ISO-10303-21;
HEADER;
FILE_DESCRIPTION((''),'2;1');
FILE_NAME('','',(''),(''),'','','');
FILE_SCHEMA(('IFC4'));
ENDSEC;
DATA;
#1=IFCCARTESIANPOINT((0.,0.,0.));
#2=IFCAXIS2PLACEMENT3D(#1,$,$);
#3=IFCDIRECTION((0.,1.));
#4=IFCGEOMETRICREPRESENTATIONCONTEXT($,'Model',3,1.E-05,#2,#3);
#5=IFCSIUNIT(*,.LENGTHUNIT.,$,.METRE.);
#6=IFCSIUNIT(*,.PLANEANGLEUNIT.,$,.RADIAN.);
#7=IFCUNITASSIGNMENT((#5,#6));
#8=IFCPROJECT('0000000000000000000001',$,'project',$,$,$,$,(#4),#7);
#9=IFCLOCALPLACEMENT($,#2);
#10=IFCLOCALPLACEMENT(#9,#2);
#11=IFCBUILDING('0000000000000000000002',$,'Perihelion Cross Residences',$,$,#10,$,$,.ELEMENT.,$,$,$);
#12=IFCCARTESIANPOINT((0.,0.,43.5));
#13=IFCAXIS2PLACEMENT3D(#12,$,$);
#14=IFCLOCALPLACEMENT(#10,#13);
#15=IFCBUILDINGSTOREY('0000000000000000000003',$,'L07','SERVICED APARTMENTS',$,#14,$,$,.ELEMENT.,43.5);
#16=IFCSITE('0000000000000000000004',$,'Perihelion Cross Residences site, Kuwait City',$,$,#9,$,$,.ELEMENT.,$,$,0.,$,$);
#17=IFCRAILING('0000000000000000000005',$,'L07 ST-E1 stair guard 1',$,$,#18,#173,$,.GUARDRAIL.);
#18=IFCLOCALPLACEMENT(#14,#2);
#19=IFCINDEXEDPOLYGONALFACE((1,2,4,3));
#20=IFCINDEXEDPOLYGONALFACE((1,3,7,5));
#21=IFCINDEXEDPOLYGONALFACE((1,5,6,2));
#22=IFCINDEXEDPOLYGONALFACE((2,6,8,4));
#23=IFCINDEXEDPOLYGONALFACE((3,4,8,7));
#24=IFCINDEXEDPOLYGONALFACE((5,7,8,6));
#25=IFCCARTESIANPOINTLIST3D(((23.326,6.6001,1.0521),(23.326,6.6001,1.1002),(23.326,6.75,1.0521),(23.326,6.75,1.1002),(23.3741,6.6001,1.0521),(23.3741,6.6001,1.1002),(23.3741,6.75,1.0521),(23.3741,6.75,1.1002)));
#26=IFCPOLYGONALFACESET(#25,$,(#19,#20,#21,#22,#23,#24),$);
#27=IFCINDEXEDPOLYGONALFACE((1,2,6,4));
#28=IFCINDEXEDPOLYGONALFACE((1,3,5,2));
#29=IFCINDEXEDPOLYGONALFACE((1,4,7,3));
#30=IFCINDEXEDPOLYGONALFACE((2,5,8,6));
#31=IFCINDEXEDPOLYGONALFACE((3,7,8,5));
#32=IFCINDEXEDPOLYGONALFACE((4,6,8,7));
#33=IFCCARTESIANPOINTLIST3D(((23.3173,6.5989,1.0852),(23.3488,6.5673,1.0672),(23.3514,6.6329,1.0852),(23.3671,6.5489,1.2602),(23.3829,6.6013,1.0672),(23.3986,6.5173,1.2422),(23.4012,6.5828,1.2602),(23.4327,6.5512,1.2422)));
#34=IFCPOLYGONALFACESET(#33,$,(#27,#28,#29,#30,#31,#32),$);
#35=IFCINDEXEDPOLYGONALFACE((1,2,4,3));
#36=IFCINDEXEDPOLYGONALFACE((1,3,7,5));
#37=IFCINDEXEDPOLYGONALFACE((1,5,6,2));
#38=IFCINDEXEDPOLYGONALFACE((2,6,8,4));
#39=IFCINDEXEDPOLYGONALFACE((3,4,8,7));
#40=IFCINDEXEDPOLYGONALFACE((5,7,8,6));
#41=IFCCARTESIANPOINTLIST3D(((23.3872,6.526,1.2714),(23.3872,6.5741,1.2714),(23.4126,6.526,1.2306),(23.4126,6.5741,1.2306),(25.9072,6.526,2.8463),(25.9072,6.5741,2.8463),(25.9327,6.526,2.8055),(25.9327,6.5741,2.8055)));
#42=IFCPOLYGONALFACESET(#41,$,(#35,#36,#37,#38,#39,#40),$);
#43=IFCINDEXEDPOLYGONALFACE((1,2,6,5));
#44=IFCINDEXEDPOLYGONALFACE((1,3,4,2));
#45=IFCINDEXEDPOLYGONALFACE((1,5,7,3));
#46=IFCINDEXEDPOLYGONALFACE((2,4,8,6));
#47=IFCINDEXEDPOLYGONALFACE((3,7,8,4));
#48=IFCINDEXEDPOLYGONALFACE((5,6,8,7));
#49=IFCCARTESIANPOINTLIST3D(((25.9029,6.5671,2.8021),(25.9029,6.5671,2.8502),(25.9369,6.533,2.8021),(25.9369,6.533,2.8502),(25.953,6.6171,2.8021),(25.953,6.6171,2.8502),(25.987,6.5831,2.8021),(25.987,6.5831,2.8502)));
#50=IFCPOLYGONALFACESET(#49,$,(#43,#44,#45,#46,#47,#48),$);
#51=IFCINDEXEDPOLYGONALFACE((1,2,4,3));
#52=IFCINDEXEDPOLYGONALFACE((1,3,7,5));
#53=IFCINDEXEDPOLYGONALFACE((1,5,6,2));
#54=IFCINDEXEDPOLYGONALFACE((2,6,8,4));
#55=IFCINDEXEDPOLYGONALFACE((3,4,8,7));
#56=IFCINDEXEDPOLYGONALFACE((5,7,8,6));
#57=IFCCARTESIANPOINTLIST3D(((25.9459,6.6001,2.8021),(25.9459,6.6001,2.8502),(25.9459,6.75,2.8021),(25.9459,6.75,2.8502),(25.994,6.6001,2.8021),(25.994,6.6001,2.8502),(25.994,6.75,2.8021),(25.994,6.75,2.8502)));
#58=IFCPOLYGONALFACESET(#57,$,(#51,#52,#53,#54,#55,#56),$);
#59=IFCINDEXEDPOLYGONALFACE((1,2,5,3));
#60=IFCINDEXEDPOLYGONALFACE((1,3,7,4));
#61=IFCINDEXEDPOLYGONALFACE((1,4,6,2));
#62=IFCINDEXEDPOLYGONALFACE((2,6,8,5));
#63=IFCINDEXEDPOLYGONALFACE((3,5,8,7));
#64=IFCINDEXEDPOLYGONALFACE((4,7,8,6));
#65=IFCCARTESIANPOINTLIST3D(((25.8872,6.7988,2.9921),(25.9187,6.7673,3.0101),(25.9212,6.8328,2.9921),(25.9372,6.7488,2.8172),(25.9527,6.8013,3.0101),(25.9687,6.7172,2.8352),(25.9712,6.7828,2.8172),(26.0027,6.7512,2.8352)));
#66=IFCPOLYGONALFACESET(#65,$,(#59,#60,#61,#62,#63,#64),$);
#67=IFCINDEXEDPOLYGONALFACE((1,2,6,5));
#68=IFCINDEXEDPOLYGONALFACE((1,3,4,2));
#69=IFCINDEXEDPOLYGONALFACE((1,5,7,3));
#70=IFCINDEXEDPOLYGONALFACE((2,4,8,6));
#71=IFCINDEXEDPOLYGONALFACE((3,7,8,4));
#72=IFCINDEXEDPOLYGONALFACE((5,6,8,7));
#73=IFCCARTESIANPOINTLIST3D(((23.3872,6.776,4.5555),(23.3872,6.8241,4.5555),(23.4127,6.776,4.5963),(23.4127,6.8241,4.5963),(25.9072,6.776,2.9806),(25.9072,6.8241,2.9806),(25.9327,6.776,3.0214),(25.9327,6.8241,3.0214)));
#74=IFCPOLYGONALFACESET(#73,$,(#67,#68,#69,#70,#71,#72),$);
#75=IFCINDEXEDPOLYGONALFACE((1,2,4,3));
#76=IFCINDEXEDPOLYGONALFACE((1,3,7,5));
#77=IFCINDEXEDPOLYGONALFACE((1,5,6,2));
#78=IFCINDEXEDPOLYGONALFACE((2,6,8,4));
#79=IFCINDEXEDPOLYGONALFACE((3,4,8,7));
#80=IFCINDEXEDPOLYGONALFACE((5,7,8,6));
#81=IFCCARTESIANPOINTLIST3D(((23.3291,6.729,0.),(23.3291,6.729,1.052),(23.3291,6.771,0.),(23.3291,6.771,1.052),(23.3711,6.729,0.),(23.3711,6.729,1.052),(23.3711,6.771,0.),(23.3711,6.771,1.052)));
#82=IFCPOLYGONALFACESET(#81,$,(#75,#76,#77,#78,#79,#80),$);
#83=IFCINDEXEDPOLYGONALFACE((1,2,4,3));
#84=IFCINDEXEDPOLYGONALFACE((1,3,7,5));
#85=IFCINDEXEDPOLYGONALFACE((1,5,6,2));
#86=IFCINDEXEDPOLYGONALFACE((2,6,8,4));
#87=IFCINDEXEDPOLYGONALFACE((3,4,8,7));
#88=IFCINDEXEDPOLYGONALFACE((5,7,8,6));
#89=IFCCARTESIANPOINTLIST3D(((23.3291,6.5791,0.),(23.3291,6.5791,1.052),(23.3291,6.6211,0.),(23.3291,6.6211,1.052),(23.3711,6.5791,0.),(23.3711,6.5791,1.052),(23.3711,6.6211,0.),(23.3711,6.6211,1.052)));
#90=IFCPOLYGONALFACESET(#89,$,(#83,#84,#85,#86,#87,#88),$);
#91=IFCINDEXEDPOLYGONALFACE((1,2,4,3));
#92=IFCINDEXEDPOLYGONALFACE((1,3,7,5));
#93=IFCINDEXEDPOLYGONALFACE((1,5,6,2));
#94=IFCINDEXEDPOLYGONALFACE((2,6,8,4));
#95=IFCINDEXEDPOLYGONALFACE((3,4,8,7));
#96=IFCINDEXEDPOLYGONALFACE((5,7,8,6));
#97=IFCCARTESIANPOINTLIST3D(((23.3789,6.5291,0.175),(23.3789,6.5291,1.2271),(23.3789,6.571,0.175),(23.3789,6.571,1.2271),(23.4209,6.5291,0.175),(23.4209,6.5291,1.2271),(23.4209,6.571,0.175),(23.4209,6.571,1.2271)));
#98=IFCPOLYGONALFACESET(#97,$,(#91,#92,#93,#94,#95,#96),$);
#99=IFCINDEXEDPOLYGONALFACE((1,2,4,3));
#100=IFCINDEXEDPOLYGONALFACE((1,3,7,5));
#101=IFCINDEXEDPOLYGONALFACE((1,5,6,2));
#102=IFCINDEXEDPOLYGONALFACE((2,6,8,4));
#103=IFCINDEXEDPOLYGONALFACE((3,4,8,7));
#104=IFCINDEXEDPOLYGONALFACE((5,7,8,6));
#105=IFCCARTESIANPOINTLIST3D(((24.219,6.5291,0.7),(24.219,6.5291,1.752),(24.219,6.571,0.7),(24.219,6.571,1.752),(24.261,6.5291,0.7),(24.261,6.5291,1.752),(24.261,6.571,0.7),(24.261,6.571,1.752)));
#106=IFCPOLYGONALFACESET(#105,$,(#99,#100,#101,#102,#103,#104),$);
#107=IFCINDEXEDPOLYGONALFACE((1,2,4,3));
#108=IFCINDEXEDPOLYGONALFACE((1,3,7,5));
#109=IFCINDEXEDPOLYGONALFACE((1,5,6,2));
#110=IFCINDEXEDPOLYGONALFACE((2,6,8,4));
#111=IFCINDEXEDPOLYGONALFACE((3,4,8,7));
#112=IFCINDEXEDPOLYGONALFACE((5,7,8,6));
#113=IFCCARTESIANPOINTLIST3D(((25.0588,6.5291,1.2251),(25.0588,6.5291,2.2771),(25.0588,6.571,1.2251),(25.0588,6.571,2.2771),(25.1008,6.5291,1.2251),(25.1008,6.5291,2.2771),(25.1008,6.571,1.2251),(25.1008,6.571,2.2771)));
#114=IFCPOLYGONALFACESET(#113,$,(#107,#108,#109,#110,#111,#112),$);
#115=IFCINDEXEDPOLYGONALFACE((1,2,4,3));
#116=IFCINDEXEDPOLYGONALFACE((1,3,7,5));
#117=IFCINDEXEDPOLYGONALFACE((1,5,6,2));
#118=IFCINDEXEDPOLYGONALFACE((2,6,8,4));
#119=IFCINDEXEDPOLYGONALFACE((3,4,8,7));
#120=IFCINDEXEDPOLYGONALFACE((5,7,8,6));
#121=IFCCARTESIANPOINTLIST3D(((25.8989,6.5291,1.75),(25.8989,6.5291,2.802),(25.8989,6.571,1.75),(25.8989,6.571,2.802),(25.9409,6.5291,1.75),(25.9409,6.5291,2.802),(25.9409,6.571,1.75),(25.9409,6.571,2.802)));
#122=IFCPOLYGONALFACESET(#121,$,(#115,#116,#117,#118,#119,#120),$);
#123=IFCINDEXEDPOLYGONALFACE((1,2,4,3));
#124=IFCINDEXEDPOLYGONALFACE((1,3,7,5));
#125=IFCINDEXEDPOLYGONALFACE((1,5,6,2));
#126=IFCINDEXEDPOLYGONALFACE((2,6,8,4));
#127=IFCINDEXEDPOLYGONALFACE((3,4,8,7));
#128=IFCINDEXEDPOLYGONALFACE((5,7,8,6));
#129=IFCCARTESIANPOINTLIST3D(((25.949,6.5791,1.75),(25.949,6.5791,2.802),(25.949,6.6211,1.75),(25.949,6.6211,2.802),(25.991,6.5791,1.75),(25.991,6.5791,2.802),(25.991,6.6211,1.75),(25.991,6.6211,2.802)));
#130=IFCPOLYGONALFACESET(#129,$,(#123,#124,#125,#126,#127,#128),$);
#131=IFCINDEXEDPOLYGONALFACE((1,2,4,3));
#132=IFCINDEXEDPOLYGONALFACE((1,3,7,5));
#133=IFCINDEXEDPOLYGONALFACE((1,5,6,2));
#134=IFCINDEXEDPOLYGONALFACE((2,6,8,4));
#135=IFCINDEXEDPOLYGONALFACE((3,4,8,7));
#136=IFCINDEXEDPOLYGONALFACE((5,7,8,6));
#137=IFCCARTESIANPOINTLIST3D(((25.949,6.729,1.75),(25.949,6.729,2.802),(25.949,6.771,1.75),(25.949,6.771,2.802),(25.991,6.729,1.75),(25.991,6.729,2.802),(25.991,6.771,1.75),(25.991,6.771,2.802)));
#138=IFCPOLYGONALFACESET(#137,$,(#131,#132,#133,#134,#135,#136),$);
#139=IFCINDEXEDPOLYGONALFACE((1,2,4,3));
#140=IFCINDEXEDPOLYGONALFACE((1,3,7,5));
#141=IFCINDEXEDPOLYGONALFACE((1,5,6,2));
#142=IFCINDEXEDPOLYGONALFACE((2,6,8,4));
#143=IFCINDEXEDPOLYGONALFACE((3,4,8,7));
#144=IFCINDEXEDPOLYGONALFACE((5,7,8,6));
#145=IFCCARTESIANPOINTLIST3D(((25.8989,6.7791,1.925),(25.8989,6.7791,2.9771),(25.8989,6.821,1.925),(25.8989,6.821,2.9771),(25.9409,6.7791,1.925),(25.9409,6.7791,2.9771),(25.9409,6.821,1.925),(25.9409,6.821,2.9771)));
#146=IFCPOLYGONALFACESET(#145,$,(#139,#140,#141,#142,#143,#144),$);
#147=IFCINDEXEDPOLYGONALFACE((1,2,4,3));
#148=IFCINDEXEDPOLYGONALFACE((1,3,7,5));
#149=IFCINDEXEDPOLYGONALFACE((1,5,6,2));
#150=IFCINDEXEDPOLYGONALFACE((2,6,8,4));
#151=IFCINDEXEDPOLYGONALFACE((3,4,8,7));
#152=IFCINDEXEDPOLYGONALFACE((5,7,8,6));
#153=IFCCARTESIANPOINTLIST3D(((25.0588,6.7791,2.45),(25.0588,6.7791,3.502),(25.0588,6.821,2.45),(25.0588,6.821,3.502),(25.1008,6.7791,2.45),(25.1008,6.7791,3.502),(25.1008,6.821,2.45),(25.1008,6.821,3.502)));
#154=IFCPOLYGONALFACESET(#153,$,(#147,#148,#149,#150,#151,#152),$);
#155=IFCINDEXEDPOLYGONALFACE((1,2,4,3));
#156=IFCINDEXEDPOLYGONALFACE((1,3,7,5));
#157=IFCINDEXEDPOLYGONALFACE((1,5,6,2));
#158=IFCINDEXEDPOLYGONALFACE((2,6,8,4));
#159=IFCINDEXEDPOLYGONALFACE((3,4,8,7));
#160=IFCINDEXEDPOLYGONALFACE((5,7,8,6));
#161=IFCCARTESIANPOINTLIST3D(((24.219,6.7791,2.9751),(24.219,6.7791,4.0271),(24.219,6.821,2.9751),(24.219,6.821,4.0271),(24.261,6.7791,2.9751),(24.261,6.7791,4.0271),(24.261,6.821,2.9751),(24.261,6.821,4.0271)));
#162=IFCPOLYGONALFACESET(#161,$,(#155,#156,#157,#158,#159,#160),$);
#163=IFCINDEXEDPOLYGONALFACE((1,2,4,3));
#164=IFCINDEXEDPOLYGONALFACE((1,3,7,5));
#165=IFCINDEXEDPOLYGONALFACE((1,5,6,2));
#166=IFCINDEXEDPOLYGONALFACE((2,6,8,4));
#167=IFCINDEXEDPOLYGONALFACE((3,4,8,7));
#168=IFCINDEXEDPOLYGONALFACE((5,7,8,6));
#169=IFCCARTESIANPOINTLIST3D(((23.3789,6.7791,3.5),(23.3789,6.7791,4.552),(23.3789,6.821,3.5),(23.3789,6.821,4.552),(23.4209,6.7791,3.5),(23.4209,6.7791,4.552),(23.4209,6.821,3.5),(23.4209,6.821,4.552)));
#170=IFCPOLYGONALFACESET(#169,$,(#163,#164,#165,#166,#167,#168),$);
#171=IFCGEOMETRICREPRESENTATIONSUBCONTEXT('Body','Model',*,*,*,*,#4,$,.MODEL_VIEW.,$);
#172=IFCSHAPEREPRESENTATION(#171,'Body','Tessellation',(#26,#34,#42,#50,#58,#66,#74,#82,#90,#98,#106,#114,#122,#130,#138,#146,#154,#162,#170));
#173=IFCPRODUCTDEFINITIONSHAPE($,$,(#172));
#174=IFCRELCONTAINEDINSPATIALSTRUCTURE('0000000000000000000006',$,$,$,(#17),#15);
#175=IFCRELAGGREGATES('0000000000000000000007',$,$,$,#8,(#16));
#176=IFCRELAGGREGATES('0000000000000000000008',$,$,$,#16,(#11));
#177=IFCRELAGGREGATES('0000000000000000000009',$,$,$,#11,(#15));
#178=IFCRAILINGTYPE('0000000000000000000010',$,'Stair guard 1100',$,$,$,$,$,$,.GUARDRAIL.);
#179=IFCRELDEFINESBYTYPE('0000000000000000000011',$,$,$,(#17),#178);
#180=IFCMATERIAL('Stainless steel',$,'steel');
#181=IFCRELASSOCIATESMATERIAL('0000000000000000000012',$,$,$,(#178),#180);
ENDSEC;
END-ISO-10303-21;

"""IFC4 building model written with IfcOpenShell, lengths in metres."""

from ifc_helpers import new_model, si_unit, direction, frame, origin, origin_2d, place, context, subcontext, project, spatial, rectangle, extrude, material, type_object, element, save


model = new_model("IFC4")

# Units and contexts
model_context = context("Model", 3, precision=1e-05, world=origin(), true_north=direction((0.0, 1.0)))
body_context = subcontext(model_context, "Body", "Model", "MODEL_VIEW")
ifc_project = project(units=[si_unit("LENGTHUNIT", "METRE"), si_unit("PLANEANGLEUNIT", "RADIAN")], contexts=[model_context])

# Site, building, storey
site_placement = place(None, origin())
site = spatial("IfcSite", under=ifc_project, at=site_placement, Name="Perihelion Cross Residences site, Kuwait City", CompositionType="ELEMENT", RefElevation=0.0)
building_placement = place(site_placement, origin())
building = spatial("IfcBuilding", under=site, at=building_placement, Name="Perihelion Cross Residences", CompositionType="ELEMENT")
storey_placement = place(building_placement, frame((0.0, 0.0, 43.5)))
storey = spatial("IfcBuildingStorey", under=building, at=storey_placement, Name="L07", Description="SERVICED APARTMENTS", CompositionType="ELEMENT", Elevation=43.5)

# Railing
ifc_material_1 = material(Name="Stainless steel", Category="steel")
railing_type_1 = type_object("IfcRailingType", Name="Stair guard 1100", PredefinedType="GUARDRAIL", material=ifc_material_1)
railing_1_placement = place(storey_placement, frame((23.3501, 6.75, 0.0)))
element("IfcRailing", 1, at=railing_1_placement, inside=storey, type_object=railing_type_1, Name="L07 ST-E1 stair guard 1", PredefinedType="GUARDRAIL", context=body_context, shape_type="SweptSolid", body=[
    extrude(rectangle(XDim=0.0481, YDim=0.0481, at=origin_2d()), frame((0.0, 0.0, 1.0762), z_axis=(0.0, -1.0, 0.0), x_axis=(1.0, 0.0, 0.0)), (0.0, 0.0, 1.0), 0.1499),
    extrude(rectangle(XDim=0.0481, YDim=0.0481, at=origin_2d()), frame((0.0, -0.1499, 1.0762), z_axis=(0.263862, -0.265156, 0.927399), x_axis=(0.708834, 0.705376, 0.0)), (0.0, 0.0, 1.0), 0.1887),
    extrude(rectangle(XDim=0.0481, YDim=0.0481, at=origin_2d()), frame((0.0498, -0.2, 1.251), z_axis=(0.848008, 0.0, 0.529984), x_axis=(0.0, 1.0, 0.0)), (0.0, 0.0, 1.0), 2.9717),
    extrude(rectangle(XDim=0.0481, YDim=0.0481, at=origin_2d()), frame((2.5698, -0.2, 2.8262), z_axis=(0.707107, 0.707107, 0.0), x_axis=(-0.707107, 0.707107, 0.0)), (0.0, 0.0, 1.0), 0.0708),
    extrude(rectangle(XDim=0.0481, YDim=0.0481, at=origin_2d()), frame((2.6199, -0.1499, 2.8262), z_axis=(0.0, 1.0, 0.0), x_axis=(-1.0, 0.0, 0.0)), (0.0, 0.0, 1.0), 0.1499),
    extrude(rectangle(XDim=0.0481, YDim=0.0481, at=origin_2d()), frame((2.6199, 0.0, 2.8262), z_axis=(-0.265065, 0.265065, 0.927082), x_axis=(-0.707107, -0.707107, 0.0)), (0.0, 0.0, 1.0), 0.1887),
    extrude(rectangle(XDim=0.0481, YDim=0.0481, at=origin_2d()), frame((2.5698, 0.05, 3.001), z_axis=(-0.848008, 0.0, 0.529984), x_axis=(0.0, -1.0, 0.0)), (0.0, 0.0, 1.0), 2.9717),
    extrude(rectangle(XDim=0.042, YDim=0.042, at=origin_2d()), origin(), (0.0, 0.0, 1.0), 1.052),
    extrude(rectangle(XDim=0.042, YDim=0.042, at=origin_2d()), frame((0.0, -0.1499, 0.0)), (0.0, 0.0, 1.0), 1.052),
    extrude(rectangle(XDim=0.042, YDim=0.042, at=origin_2d()), frame((0.0498, -0.2, 0.175)), (0.0, 0.0, 1.0), 1.052),
    extrude(rectangle(XDim=0.042, YDim=0.042, at=origin_2d()), frame((0.8899, -0.2, 0.7)), (0.0, 0.0, 1.0), 1.052),
    extrude(rectangle(XDim=0.042, YDim=0.042, at=origin_2d()), frame((1.7297, -0.2, 1.2251)), (0.0, 0.0, 1.0), 1.052),
    extrude(rectangle(XDim=0.042, YDim=0.042, at=origin_2d()), frame((2.5698, -0.2, 1.75)), (0.0, 0.0, 1.0), 1.052),
    extrude(rectangle(XDim=0.042, YDim=0.042, at=origin_2d()), frame((2.6199, -0.1499, 1.75)), (0.0, 0.0, 1.0), 1.052),
    extrude(rectangle(XDim=0.042, YDim=0.042, at=origin_2d()), frame((2.6199, 0.0, 1.75)), (0.0, 0.0, 1.0), 1.052),
    extrude(rectangle(XDim=0.042, YDim=0.042, at=origin_2d()), frame((2.5698, 0.05, 1.925)), (0.0, 0.0, 1.0), 1.052),
    extrude(rectangle(XDim=0.042, YDim=0.042, at=origin_2d()), frame((1.7297, 0.05, 2.45)), (0.0, 0.0, 1.0), 1.052),
    extrude(rectangle(XDim=0.042, YDim=0.042, at=origin_2d()), frame((0.8899, 0.05, 2.9751)), (0.0, 0.0, 1.0), 1.052),
    extrude(rectangle(XDim=0.042, YDim=0.042, at=origin_2d()), frame((0.0498, 0.05, 3.5)), (0.0, 0.0, 1.0), 1.052),
])

save(model, "model.ifc")
